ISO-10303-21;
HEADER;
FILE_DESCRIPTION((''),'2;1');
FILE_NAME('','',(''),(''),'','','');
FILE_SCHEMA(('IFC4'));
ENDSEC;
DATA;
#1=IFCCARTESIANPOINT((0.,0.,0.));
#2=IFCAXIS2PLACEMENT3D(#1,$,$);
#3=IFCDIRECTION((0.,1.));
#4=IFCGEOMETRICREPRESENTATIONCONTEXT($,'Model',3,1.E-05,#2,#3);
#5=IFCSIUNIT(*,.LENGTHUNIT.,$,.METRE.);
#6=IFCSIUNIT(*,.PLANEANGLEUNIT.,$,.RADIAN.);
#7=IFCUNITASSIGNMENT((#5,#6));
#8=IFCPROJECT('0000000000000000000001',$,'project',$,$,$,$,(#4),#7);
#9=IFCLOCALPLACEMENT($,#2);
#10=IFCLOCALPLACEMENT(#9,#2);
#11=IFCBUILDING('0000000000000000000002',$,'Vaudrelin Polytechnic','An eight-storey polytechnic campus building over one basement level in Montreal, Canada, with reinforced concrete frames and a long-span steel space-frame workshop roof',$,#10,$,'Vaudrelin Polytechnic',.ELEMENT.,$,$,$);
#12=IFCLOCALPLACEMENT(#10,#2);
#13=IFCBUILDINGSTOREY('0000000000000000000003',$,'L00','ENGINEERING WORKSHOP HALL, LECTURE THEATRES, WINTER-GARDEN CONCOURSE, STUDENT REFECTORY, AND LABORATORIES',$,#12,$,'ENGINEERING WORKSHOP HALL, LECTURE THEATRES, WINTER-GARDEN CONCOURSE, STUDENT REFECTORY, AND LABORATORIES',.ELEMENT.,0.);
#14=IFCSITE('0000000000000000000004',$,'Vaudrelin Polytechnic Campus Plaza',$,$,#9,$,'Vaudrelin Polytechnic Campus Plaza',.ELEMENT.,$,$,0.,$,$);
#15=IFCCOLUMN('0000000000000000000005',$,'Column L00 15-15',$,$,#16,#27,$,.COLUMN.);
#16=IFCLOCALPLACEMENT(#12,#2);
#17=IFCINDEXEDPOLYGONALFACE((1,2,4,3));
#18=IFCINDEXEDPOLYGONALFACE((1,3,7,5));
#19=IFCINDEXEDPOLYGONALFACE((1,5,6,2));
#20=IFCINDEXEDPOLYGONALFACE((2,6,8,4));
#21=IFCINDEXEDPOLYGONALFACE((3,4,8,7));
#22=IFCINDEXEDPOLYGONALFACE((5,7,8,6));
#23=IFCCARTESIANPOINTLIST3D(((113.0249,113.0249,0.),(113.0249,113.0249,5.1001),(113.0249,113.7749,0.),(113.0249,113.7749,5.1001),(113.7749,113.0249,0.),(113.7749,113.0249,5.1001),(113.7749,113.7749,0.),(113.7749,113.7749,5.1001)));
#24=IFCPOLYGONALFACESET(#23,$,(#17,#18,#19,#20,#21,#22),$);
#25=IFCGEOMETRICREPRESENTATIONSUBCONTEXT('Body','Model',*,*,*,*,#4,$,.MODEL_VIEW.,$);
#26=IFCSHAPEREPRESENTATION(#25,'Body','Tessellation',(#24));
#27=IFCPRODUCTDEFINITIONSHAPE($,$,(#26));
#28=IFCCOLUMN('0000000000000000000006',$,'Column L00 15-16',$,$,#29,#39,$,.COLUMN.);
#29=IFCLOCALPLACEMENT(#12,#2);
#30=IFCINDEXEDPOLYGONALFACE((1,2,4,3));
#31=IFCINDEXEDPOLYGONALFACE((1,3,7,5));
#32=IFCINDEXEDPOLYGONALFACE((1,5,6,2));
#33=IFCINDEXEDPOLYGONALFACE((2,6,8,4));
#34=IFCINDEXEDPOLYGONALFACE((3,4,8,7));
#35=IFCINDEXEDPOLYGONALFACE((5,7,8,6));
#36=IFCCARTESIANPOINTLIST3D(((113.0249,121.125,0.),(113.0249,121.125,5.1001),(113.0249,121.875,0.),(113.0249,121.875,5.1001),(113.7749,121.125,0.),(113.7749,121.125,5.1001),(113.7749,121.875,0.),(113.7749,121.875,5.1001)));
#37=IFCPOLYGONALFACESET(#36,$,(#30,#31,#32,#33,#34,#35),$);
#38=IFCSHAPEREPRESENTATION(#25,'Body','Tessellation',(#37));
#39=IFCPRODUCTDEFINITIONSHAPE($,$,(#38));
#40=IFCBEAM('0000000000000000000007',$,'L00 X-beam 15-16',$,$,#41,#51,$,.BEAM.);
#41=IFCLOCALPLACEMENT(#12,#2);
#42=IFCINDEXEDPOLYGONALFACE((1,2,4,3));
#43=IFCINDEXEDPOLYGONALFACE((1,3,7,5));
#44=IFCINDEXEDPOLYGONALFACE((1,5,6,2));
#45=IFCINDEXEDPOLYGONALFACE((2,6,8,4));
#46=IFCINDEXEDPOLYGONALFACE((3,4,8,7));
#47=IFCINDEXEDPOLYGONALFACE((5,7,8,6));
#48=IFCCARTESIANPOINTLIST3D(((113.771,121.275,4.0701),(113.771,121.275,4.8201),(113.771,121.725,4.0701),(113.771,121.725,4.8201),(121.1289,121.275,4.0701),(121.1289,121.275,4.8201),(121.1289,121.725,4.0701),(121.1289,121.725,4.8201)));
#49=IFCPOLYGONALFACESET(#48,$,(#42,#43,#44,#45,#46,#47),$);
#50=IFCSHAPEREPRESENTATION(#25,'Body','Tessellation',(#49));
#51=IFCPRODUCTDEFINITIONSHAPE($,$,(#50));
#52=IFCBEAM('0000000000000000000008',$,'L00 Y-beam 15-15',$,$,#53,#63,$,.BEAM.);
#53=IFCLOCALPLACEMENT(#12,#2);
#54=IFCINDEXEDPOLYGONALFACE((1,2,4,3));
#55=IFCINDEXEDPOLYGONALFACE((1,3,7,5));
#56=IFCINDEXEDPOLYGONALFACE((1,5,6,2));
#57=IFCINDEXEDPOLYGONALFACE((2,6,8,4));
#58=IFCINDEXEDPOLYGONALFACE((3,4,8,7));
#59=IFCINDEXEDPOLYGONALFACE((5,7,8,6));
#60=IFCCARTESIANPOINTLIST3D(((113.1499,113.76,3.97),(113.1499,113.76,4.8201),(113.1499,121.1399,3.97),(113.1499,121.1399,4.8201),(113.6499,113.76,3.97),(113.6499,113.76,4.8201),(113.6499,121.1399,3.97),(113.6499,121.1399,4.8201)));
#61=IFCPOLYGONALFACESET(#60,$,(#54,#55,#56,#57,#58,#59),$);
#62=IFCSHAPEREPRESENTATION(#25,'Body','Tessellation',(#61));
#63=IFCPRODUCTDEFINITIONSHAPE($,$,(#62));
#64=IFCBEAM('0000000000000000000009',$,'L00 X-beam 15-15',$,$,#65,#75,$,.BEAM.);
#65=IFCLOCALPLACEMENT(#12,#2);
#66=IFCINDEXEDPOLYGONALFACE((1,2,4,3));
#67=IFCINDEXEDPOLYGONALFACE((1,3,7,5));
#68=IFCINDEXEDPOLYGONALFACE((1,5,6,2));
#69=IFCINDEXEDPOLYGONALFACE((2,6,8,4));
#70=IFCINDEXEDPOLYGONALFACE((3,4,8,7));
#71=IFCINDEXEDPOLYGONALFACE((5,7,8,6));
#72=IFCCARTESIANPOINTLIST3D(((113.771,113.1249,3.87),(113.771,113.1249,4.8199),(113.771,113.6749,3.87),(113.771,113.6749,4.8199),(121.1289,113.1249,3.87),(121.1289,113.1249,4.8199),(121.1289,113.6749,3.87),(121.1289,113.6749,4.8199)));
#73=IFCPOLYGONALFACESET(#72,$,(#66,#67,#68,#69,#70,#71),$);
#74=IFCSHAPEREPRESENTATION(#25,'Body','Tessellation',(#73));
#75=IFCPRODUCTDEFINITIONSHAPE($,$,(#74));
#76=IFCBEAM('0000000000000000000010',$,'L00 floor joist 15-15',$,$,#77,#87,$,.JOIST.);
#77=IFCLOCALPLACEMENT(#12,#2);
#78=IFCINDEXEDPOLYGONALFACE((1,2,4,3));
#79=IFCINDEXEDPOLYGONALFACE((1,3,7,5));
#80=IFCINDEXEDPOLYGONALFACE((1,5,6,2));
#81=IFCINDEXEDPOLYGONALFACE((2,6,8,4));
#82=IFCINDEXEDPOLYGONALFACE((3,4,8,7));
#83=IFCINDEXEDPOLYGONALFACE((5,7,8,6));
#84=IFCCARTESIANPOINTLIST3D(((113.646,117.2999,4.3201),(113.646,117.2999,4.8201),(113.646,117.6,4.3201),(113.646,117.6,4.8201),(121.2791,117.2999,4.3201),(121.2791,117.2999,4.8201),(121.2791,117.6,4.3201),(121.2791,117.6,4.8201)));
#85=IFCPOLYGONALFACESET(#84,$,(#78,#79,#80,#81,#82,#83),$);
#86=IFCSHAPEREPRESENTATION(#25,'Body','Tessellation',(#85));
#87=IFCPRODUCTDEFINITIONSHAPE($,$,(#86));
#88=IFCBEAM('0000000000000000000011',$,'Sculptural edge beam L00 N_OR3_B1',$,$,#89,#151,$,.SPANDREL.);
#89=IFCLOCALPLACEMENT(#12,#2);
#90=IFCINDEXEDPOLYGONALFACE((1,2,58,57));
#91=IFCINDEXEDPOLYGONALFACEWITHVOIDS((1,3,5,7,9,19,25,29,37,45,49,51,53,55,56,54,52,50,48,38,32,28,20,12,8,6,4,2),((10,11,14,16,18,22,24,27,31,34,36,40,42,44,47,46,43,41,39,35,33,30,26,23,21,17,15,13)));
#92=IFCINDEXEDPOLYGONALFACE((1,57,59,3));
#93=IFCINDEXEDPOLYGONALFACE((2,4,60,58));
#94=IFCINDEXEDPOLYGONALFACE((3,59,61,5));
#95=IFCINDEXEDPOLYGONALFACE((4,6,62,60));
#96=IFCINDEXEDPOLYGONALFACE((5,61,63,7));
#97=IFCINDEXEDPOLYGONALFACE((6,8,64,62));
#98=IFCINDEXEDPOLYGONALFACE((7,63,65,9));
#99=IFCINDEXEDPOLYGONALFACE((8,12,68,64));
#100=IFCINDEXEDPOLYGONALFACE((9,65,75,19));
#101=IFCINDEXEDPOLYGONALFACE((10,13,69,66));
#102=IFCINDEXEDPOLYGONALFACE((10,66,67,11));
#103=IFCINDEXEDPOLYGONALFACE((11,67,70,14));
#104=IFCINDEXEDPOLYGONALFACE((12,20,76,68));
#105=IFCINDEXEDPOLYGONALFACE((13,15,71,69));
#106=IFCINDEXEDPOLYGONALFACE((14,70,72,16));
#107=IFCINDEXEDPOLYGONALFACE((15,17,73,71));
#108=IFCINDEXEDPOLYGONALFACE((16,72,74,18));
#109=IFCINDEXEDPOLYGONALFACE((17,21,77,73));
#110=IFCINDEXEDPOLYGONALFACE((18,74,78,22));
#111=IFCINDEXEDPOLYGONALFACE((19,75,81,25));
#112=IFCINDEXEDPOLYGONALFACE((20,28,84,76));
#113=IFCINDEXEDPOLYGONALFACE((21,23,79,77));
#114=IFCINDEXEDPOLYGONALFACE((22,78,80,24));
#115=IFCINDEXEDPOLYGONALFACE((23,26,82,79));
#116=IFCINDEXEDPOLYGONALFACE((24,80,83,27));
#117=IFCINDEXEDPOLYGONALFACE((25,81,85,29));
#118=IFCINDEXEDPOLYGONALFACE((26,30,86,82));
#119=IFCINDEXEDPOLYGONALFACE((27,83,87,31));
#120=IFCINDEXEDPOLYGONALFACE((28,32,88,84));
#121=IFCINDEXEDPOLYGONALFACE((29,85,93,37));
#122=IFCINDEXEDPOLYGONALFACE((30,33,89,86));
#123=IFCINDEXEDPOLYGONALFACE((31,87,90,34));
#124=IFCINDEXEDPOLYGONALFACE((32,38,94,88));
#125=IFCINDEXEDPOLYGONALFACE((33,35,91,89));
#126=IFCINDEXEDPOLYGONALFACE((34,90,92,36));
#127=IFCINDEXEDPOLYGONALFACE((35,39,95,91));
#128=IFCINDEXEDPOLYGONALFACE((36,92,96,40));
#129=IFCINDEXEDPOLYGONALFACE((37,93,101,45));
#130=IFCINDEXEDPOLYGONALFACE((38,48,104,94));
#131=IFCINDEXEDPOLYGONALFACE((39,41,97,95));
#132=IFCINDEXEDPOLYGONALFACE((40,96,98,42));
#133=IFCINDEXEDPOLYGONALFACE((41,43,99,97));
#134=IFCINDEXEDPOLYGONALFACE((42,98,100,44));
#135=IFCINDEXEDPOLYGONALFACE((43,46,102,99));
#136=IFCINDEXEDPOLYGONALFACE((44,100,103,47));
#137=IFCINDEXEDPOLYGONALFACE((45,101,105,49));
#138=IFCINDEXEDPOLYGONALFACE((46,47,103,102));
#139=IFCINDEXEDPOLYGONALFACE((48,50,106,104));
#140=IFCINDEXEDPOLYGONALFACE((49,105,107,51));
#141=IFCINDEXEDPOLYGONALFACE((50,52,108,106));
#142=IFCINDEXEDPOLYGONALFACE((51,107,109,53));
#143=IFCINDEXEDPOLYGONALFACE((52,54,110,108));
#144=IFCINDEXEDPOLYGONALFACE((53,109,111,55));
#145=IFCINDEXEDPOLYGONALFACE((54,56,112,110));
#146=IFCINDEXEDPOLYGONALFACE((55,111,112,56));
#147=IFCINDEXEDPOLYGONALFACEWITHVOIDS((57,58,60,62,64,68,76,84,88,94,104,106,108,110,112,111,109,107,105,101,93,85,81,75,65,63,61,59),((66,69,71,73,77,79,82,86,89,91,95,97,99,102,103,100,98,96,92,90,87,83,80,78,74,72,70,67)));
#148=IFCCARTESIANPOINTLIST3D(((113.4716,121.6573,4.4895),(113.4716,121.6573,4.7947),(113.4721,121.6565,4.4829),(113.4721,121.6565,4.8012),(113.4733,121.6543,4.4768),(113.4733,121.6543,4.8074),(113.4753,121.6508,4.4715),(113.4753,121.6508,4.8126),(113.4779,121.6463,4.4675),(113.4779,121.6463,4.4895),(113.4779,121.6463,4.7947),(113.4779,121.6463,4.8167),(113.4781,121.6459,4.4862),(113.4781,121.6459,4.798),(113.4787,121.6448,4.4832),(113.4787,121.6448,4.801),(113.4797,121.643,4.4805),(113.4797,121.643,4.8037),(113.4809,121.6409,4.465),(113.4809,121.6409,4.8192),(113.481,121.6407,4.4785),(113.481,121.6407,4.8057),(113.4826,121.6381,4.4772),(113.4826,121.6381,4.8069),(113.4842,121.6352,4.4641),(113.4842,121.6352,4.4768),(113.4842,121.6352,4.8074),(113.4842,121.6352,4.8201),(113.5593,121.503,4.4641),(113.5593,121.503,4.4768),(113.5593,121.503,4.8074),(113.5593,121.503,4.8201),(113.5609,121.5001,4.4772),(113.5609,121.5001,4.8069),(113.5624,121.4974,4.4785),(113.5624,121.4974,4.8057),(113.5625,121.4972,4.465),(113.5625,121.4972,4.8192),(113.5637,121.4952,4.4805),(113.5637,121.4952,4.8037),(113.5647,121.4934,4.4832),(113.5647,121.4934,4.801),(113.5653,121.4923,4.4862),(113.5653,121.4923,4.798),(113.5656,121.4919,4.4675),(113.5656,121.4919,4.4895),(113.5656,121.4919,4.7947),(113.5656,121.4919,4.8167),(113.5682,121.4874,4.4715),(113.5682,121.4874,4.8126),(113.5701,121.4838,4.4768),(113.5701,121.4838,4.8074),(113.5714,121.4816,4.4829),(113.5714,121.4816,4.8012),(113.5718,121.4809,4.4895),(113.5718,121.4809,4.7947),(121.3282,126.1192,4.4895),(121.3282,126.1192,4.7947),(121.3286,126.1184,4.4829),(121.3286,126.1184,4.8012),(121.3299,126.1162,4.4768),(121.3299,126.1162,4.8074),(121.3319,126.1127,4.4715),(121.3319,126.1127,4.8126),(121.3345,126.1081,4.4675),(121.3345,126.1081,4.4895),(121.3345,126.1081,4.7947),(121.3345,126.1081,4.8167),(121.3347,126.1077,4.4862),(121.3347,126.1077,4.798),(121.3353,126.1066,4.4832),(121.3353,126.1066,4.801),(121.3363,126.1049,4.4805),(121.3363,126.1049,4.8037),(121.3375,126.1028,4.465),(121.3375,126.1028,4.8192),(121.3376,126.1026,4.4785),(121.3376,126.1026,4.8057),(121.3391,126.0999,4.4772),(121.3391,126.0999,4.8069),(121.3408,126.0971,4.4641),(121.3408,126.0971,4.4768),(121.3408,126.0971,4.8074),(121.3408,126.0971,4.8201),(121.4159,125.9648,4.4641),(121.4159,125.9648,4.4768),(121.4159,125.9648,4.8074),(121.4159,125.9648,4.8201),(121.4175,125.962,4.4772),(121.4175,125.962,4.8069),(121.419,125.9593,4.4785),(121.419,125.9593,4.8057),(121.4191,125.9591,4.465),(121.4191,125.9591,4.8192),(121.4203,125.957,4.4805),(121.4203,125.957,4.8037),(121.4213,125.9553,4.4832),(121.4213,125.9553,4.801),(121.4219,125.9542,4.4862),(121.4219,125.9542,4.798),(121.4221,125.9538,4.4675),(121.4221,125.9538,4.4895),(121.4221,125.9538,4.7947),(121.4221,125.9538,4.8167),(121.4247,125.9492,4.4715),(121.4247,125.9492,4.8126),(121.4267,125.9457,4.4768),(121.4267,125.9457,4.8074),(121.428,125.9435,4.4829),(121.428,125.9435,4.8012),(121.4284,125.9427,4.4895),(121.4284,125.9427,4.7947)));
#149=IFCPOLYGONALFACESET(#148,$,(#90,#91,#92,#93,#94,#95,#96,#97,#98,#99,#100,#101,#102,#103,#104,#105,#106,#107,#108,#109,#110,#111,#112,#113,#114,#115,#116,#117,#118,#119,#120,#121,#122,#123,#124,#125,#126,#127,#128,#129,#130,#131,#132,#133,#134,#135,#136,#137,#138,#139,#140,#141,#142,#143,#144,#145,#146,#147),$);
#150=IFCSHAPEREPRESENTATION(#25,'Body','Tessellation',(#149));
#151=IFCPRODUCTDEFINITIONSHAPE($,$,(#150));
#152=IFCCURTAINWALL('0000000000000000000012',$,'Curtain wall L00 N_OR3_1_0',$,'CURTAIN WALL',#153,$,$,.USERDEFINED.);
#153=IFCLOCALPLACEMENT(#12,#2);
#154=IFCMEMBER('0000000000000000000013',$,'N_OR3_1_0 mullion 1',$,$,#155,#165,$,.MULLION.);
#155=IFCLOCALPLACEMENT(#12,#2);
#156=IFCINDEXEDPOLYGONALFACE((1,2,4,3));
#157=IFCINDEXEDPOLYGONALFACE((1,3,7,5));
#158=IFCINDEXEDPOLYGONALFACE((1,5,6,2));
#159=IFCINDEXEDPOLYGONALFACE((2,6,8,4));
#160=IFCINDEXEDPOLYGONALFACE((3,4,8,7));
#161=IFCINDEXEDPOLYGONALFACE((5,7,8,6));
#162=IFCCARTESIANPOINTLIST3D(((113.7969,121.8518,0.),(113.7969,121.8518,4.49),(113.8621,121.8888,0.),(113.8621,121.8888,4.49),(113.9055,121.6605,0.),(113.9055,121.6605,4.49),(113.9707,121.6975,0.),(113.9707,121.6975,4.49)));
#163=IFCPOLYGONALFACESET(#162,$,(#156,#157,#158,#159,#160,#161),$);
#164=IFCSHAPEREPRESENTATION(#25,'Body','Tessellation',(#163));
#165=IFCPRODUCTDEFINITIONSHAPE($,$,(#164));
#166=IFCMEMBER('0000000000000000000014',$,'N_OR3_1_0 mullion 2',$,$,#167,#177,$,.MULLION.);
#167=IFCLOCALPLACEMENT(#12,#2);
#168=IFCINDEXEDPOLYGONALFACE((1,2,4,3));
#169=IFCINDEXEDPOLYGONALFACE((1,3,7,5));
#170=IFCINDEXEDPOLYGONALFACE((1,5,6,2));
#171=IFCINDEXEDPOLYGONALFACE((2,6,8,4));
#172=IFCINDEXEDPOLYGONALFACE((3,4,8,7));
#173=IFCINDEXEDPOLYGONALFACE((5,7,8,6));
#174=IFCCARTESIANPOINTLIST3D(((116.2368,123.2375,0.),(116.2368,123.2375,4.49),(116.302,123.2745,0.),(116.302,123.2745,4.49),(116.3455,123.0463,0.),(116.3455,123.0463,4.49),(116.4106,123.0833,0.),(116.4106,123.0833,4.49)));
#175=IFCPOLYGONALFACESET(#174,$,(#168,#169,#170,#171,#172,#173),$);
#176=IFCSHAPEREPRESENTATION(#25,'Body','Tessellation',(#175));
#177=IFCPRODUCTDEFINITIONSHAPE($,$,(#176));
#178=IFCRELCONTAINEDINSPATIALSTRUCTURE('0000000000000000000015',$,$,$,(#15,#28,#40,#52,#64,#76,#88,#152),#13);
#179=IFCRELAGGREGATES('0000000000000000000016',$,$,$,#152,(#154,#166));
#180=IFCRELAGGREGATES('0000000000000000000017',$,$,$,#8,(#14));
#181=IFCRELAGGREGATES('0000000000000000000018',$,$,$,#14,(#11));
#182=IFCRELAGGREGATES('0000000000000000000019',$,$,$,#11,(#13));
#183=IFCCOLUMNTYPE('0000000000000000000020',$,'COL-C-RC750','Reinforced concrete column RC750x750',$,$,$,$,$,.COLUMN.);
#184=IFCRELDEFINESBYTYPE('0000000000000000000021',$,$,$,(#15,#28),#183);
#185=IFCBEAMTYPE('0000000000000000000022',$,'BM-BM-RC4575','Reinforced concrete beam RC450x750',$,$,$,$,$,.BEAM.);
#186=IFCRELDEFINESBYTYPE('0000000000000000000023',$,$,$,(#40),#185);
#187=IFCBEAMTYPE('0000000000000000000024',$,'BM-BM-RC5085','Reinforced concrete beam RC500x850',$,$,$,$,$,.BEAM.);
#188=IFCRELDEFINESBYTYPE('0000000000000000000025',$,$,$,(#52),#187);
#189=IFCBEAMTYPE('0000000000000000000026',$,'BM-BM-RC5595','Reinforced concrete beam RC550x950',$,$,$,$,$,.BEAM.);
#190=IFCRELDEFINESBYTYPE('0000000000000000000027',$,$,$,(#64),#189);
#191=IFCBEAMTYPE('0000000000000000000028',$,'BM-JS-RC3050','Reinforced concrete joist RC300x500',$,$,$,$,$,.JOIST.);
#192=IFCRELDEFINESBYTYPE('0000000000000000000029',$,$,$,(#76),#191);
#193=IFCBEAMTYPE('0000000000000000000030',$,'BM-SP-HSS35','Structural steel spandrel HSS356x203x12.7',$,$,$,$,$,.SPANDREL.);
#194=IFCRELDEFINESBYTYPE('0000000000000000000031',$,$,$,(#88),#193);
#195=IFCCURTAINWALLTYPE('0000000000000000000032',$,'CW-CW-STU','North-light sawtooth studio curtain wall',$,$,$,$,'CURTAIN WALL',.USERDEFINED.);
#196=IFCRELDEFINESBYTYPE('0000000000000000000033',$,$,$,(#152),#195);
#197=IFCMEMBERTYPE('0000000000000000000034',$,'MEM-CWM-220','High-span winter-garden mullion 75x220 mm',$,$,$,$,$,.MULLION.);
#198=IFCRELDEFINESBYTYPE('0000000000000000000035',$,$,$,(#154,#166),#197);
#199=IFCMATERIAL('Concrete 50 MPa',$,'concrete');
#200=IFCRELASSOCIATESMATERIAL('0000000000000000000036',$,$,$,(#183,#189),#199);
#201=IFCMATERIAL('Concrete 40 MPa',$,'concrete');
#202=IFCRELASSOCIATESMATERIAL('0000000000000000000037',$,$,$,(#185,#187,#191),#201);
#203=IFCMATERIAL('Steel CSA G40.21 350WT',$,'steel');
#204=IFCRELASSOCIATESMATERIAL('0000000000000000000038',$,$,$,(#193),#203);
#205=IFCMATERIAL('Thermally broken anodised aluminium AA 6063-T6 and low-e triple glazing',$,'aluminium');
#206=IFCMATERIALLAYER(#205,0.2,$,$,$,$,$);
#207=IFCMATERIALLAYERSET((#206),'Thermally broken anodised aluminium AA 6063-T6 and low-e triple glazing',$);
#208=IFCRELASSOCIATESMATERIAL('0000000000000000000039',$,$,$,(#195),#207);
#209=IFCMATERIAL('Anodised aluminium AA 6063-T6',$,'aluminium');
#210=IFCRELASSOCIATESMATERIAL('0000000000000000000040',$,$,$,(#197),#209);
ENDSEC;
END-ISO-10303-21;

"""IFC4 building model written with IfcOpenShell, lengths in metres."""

from ifc_helpers import new_model, si_unit, direction, frame, origin, origin_2d, place, context, subcontext, project, spatial, rectangle, hollow_rectangle, extrude, material, layer, layer_set, material_profile, profile_set, type_object, element, aggregate, save


model = new_model("IFC4")

# Units and contexts
model_context = context("Model", 3, precision=1e-05, world=origin(), true_north=direction((0.0, 1.0)))
body_context = subcontext(model_context, "Body", "Model", "MODEL_VIEW")
ifc_project = project(units=[si_unit("LENGTHUNIT", "METRE"), si_unit("PLANEANGLEUNIT", "RADIAN")], contexts=[model_context])

# Site, building, storey
site_placement = place(None, origin())
site = spatial("IfcSite", under=ifc_project, at=site_placement, Name="Vaudrelin Polytechnic Campus Plaza", LongName="Vaudrelin Polytechnic Campus Plaza", CompositionType="ELEMENT", RefElevation=0.0)
building_placement = place(site_placement, origin())
building = spatial("IfcBuilding", under=site, at=building_placement, Name="Vaudrelin Polytechnic", Description="An eight-storey polytechnic campus building over one basement level in Montreal, Canada, with reinforced concrete frames and a long-span steel space-frame workshop roof", LongName="Vaudrelin Polytechnic", CompositionType="ELEMENT")
storey_placement = place(building_placement, origin())
storey = spatial("IfcBuildingStorey", under=building, at=storey_placement, Name="L00", Description="ENGINEERING WORKSHOP HALL, LECTURE THEATRES, WINTER-GARDEN CONCOURSE, STUDENT REFECTORY, AND LABORATORIES", LongName="ENGINEERING WORKSHOP HALL, LECTURE THEATRES, WINTER-GARDEN CONCOURSE, STUDENT REFECTORY, AND LABORATORIES", CompositionType="ELEMENT", Elevation=0.0)

# Columns
ifc_material_1 = material(Name="Concrete 50 MPa", Category="concrete")
ifc_material_profile_1 = material_profile(ifc_material_1, rectangle(XDim=0.75, YDim=0.75, at=origin_2d()), Name="RC750x750")
ifc_profile_set_1 = profile_set([ifc_material_profile_1], Name="Concrete 50 MPa")
column_type = type_object("IfcColumnType", Name="COL-C-RC750", Description="Reinforced concrete column RC750x750", PredefinedType="COLUMN", material=ifc_profile_set_1)
for number, where, z_axis, x_axis, name in (
    (1, (113.3999, 113.3999, 0.0), (0.0, 0.0, 1.0), (1.0, 0.0, 0.0), "Column L00 15-15"),
    (2, (113.3999, 121.5, 0.0), (0.0, 0.0, 1.0), (1.0, 0.0, 0.0), "Column L00 15-16"),
):
    element("IfcColumn", number, at=place(storey_placement, frame(where, z_axis=z_axis, x_axis=x_axis)), inside=storey, type_object=column_type, Name=name, PredefinedType="COLUMN", context=body_context, shape_type="SweptSolid", body=[
        extrude(rectangle(XDim=0.75, YDim=0.75, at=origin_2d()), origin(), (0.0, 0.0, 1.0), 5.1001),
    ])

# Beams
ifc_material_2 = material(Name="Concrete 40 MPa", Category="concrete")
ifc_material_profile_2 = material_profile(ifc_material_2, rectangle(XDim=0.45, YDim=0.75, at=origin_2d()), Name="RC450x750")
ifc_profile_set_2 = profile_set([ifc_material_profile_2], Name="Concrete 40 MPa")
beam_type_1 = type_object("IfcBeamType", Name="BM-BM-RC4575", Description="Reinforced concrete beam RC450x750", PredefinedType="BEAM", material=ifc_profile_set_2)
beam_1_placement = place(storey_placement, frame((113.771, 121.5, 4.4451), z_axis=(1.0, 0.0, 0.0), x_axis=(0.0, 1.0, 0.0)))
element("IfcBeam", 3, at=beam_1_placement, inside=storey, type_object=beam_type_1, Name="L00 X-beam 15-16", PredefinedType="BEAM", context=body_context, shape_type="SweptSolid", body=[
    extrude(rectangle(XDim=0.45, YDim=0.75, at=origin_2d()), origin(), (0.0, 0.0, 1.0), 7.3579),
])
ifc_material_profile_3 = material_profile(ifc_material_2, rectangle(XDim=0.5, YDim=0.8501, at=origin_2d()), Name="RC500x850")
ifc_profile_set_3 = profile_set([ifc_material_profile_3], Name="Concrete 40 MPa")
beam_type_2 = type_object("IfcBeamType", Name="BM-BM-RC5085", Description="Reinforced concrete beam RC500x850", PredefinedType="BEAM", material=ifc_profile_set_3)
beam_2_placement = place(storey_placement, frame((113.3999, 113.76, 4.395), z_axis=(0.0, 1.0, 0.0), x_axis=(-1.0, 0.0, 0.0)))
element("IfcBeam", 4, at=beam_2_placement, inside=storey, type_object=beam_type_2, Name="L00 Y-beam 15-15", PredefinedType="BEAM", context=body_context, shape_type="SweptSolid", body=[
    extrude(rectangle(XDim=0.5, YDim=0.8501, at=origin_2d()), origin(), (0.0, 0.0, 1.0), 7.3799),
])
ifc_material_profile_4 = material_profile(ifc_material_1, rectangle(XDim=0.55, YDim=0.95, at=origin_2d()), Name="RC550x950")
ifc_profile_set_4 = profile_set([ifc_material_profile_4], Name="Concrete 50 MPa")
beam_type_3 = type_object("IfcBeamType", Name="BM-BM-RC5595", Description="Reinforced concrete beam RC550x950", PredefinedType="BEAM", material=ifc_profile_set_4)
beam_3_placement = place(storey_placement, frame((113.771, 113.3999, 4.345), z_axis=(1.0, 0.0, 0.0), x_axis=(0.0, 1.0, 0.0)))
element("IfcBeam", 5, at=beam_3_placement, inside=storey, type_object=beam_type_3, Name="L00 X-beam 15-15", PredefinedType="BEAM", context=body_context, shape_type="SweptSolid", body=[
    extrude(rectangle(XDim=0.55, YDim=0.95, at=origin_2d()), origin(), (0.0, 0.0, 1.0), 7.3579),
])
ifc_material_profile_5 = material_profile(ifc_material_2, rectangle(XDim=0.3, YDim=0.5, at=origin_2d()), Name="RC300x500")
ifc_profile_set_5 = profile_set([ifc_material_profile_5], Name="Concrete 40 MPa")
beam_type_4 = type_object("IfcBeamType", Name="BM-JS-RC3050", Description="Reinforced concrete joist RC300x500", PredefinedType="JOIST", material=ifc_profile_set_5)
beam_4_placement = place(storey_placement, frame((113.646, 117.45, 4.5701), z_axis=(1.0, 0.0, 0.0), x_axis=(0.0, 1.0, 0.0)))
element("IfcBeam", 6, at=beam_4_placement, inside=storey, type_object=beam_type_4, Name="L00 floor joist 15-15", PredefinedType="JOIST", context=body_context, shape_type="SweptSolid", body=[
    extrude(rectangle(XDim=0.3, YDim=0.5, at=origin_2d()), origin(), (0.0, 0.0, 1.0), 7.6331),
])
ifc_material_3 = material(Name="Steel CSA G40.21 350WT", Category="steel")
ifc_material_profile_6 = material_profile(ifc_material_3, hollow_rectangle(XDim=0.2029, YDim=0.356, WallThickness=0.0127, InnerFilletRadius=0.0127, OuterFilletRadius=0.0254, at=origin_2d()), Name="HSS356x203x12.7")
ifc_profile_set_6 = profile_set([ifc_material_profile_6], Name="Steel CSA G40.21 350WT")
beam_type_5 = type_object("IfcBeamType", Name="BM-SP-HSS35", Description="Structural steel spandrel HSS356x203x12.7", PredefinedType="SPANDREL", material=ifc_profile_set_6)
beam_5_placement = place(storey_placement, frame((113.5217, 121.5691, 4.6421), z_axis=(0.869557, 0.493833, 0.0), x_axis=(-0.493833, 0.869557, 0.0)))
element("IfcBeam", 7, at=beam_5_placement, inside=storey, type_object=beam_type_5, Name="Sculptural edge beam L00 N_OR3_B1", PredefinedType="SPANDREL", context=body_context, shape_type="SweptSolid", body=[
    extrude(hollow_rectangle(XDim=0.2029, YDim=0.356, WallThickness=0.0127, InnerFilletRadius=0.0127, OuterFilletRadius=0.0254, at=origin_2d()), origin(), (0.0, 0.0, 1.0), 9.0352),
])

# Curtain wall, members
ifc_material_4 = material(Name="Thermally broken anodised aluminium AA 6063-T6 and low-e triple glazing", Category="aluminium")
ifc_layer_1 = layer(ifc_material_4, 0.2)
ifc_layer_set_1 = layer_set([ifc_layer_1], Name="Thermally broken anodised aluminium AA 6063-T6 and low-e triple glazing")
curtain_wall_type = type_object("IfcCurtainWallType", Name="CW-CW-STU", Description="North-light sawtooth studio curtain wall", ElementType="CURTAIN WALL", PredefinedType="USERDEFINED", material=ifc_layer_set_1)
curtain_wall_placement = place(storey_placement, origin())
curtain_wall = element("IfcCurtainWall", 8, at=curtain_wall_placement, inside=storey, type_object=curtain_wall_type, Name="Curtain wall L00 N_OR3_1_0", ObjectType="CURTAIN WALL", PredefinedType="USERDEFINED")
ifc_material_5 = material(Name="Anodised aluminium AA 6063-T6", Category="aluminium")
ifc_material_profile_7 = material_profile(ifc_material_5, rectangle(XDim=0.075, YDim=0.22, at=origin_2d()), Name="CWM-75x220")
ifc_profile_set_7 = profile_set([ifc_material_profile_7], Name="Anodised aluminium AA 6063-T6")
member_type_1 = type_object("IfcMemberType", Name="MEM-CWM-220", Description="High-span winter-garden mullion 75x220 mm", PredefinedType="MULLION", material=ifc_profile_set_7)
member_1_placement = place(storey_placement, frame((113.8838, 121.7747, 0.0), z_axis=(0.0, 0.0, 1.0), x_axis=(0.869561, 0.493825, 0.0)))
member_1 = element("IfcMember", 9, at=member_1_placement, type_object=member_type_1, Name="N_OR3_1_0 mullion 1", PredefinedType="MULLION", context=body_context, shape_type="SweptSolid", body=[
    extrude(rectangle(XDim=0.075, YDim=0.22, at=origin_2d()), origin(), (0.0, 0.0, 1.0), 4.49),
])
member_2_placement = place(storey_placement, frame((116.3237, 123.1604, 0.0), z_axis=(0.0, 0.0, 1.0), x_axis=(0.869561, 0.493825, 0.0)))
member_2 = element("IfcMember", 10, at=member_2_placement, type_object=member_type_1, Name="N_OR3_1_0 mullion 2", PredefinedType="MULLION", context=body_context, shape_type="SweptSolid", body=[
    extrude(rectangle(XDim=0.075, YDim=0.22, at=origin_2d()), origin(), (0.0, 0.0, 1.0), 4.49),
])
aggregate(curtain_wall, [member_1, member_2])

save(model, "model.ifc")
